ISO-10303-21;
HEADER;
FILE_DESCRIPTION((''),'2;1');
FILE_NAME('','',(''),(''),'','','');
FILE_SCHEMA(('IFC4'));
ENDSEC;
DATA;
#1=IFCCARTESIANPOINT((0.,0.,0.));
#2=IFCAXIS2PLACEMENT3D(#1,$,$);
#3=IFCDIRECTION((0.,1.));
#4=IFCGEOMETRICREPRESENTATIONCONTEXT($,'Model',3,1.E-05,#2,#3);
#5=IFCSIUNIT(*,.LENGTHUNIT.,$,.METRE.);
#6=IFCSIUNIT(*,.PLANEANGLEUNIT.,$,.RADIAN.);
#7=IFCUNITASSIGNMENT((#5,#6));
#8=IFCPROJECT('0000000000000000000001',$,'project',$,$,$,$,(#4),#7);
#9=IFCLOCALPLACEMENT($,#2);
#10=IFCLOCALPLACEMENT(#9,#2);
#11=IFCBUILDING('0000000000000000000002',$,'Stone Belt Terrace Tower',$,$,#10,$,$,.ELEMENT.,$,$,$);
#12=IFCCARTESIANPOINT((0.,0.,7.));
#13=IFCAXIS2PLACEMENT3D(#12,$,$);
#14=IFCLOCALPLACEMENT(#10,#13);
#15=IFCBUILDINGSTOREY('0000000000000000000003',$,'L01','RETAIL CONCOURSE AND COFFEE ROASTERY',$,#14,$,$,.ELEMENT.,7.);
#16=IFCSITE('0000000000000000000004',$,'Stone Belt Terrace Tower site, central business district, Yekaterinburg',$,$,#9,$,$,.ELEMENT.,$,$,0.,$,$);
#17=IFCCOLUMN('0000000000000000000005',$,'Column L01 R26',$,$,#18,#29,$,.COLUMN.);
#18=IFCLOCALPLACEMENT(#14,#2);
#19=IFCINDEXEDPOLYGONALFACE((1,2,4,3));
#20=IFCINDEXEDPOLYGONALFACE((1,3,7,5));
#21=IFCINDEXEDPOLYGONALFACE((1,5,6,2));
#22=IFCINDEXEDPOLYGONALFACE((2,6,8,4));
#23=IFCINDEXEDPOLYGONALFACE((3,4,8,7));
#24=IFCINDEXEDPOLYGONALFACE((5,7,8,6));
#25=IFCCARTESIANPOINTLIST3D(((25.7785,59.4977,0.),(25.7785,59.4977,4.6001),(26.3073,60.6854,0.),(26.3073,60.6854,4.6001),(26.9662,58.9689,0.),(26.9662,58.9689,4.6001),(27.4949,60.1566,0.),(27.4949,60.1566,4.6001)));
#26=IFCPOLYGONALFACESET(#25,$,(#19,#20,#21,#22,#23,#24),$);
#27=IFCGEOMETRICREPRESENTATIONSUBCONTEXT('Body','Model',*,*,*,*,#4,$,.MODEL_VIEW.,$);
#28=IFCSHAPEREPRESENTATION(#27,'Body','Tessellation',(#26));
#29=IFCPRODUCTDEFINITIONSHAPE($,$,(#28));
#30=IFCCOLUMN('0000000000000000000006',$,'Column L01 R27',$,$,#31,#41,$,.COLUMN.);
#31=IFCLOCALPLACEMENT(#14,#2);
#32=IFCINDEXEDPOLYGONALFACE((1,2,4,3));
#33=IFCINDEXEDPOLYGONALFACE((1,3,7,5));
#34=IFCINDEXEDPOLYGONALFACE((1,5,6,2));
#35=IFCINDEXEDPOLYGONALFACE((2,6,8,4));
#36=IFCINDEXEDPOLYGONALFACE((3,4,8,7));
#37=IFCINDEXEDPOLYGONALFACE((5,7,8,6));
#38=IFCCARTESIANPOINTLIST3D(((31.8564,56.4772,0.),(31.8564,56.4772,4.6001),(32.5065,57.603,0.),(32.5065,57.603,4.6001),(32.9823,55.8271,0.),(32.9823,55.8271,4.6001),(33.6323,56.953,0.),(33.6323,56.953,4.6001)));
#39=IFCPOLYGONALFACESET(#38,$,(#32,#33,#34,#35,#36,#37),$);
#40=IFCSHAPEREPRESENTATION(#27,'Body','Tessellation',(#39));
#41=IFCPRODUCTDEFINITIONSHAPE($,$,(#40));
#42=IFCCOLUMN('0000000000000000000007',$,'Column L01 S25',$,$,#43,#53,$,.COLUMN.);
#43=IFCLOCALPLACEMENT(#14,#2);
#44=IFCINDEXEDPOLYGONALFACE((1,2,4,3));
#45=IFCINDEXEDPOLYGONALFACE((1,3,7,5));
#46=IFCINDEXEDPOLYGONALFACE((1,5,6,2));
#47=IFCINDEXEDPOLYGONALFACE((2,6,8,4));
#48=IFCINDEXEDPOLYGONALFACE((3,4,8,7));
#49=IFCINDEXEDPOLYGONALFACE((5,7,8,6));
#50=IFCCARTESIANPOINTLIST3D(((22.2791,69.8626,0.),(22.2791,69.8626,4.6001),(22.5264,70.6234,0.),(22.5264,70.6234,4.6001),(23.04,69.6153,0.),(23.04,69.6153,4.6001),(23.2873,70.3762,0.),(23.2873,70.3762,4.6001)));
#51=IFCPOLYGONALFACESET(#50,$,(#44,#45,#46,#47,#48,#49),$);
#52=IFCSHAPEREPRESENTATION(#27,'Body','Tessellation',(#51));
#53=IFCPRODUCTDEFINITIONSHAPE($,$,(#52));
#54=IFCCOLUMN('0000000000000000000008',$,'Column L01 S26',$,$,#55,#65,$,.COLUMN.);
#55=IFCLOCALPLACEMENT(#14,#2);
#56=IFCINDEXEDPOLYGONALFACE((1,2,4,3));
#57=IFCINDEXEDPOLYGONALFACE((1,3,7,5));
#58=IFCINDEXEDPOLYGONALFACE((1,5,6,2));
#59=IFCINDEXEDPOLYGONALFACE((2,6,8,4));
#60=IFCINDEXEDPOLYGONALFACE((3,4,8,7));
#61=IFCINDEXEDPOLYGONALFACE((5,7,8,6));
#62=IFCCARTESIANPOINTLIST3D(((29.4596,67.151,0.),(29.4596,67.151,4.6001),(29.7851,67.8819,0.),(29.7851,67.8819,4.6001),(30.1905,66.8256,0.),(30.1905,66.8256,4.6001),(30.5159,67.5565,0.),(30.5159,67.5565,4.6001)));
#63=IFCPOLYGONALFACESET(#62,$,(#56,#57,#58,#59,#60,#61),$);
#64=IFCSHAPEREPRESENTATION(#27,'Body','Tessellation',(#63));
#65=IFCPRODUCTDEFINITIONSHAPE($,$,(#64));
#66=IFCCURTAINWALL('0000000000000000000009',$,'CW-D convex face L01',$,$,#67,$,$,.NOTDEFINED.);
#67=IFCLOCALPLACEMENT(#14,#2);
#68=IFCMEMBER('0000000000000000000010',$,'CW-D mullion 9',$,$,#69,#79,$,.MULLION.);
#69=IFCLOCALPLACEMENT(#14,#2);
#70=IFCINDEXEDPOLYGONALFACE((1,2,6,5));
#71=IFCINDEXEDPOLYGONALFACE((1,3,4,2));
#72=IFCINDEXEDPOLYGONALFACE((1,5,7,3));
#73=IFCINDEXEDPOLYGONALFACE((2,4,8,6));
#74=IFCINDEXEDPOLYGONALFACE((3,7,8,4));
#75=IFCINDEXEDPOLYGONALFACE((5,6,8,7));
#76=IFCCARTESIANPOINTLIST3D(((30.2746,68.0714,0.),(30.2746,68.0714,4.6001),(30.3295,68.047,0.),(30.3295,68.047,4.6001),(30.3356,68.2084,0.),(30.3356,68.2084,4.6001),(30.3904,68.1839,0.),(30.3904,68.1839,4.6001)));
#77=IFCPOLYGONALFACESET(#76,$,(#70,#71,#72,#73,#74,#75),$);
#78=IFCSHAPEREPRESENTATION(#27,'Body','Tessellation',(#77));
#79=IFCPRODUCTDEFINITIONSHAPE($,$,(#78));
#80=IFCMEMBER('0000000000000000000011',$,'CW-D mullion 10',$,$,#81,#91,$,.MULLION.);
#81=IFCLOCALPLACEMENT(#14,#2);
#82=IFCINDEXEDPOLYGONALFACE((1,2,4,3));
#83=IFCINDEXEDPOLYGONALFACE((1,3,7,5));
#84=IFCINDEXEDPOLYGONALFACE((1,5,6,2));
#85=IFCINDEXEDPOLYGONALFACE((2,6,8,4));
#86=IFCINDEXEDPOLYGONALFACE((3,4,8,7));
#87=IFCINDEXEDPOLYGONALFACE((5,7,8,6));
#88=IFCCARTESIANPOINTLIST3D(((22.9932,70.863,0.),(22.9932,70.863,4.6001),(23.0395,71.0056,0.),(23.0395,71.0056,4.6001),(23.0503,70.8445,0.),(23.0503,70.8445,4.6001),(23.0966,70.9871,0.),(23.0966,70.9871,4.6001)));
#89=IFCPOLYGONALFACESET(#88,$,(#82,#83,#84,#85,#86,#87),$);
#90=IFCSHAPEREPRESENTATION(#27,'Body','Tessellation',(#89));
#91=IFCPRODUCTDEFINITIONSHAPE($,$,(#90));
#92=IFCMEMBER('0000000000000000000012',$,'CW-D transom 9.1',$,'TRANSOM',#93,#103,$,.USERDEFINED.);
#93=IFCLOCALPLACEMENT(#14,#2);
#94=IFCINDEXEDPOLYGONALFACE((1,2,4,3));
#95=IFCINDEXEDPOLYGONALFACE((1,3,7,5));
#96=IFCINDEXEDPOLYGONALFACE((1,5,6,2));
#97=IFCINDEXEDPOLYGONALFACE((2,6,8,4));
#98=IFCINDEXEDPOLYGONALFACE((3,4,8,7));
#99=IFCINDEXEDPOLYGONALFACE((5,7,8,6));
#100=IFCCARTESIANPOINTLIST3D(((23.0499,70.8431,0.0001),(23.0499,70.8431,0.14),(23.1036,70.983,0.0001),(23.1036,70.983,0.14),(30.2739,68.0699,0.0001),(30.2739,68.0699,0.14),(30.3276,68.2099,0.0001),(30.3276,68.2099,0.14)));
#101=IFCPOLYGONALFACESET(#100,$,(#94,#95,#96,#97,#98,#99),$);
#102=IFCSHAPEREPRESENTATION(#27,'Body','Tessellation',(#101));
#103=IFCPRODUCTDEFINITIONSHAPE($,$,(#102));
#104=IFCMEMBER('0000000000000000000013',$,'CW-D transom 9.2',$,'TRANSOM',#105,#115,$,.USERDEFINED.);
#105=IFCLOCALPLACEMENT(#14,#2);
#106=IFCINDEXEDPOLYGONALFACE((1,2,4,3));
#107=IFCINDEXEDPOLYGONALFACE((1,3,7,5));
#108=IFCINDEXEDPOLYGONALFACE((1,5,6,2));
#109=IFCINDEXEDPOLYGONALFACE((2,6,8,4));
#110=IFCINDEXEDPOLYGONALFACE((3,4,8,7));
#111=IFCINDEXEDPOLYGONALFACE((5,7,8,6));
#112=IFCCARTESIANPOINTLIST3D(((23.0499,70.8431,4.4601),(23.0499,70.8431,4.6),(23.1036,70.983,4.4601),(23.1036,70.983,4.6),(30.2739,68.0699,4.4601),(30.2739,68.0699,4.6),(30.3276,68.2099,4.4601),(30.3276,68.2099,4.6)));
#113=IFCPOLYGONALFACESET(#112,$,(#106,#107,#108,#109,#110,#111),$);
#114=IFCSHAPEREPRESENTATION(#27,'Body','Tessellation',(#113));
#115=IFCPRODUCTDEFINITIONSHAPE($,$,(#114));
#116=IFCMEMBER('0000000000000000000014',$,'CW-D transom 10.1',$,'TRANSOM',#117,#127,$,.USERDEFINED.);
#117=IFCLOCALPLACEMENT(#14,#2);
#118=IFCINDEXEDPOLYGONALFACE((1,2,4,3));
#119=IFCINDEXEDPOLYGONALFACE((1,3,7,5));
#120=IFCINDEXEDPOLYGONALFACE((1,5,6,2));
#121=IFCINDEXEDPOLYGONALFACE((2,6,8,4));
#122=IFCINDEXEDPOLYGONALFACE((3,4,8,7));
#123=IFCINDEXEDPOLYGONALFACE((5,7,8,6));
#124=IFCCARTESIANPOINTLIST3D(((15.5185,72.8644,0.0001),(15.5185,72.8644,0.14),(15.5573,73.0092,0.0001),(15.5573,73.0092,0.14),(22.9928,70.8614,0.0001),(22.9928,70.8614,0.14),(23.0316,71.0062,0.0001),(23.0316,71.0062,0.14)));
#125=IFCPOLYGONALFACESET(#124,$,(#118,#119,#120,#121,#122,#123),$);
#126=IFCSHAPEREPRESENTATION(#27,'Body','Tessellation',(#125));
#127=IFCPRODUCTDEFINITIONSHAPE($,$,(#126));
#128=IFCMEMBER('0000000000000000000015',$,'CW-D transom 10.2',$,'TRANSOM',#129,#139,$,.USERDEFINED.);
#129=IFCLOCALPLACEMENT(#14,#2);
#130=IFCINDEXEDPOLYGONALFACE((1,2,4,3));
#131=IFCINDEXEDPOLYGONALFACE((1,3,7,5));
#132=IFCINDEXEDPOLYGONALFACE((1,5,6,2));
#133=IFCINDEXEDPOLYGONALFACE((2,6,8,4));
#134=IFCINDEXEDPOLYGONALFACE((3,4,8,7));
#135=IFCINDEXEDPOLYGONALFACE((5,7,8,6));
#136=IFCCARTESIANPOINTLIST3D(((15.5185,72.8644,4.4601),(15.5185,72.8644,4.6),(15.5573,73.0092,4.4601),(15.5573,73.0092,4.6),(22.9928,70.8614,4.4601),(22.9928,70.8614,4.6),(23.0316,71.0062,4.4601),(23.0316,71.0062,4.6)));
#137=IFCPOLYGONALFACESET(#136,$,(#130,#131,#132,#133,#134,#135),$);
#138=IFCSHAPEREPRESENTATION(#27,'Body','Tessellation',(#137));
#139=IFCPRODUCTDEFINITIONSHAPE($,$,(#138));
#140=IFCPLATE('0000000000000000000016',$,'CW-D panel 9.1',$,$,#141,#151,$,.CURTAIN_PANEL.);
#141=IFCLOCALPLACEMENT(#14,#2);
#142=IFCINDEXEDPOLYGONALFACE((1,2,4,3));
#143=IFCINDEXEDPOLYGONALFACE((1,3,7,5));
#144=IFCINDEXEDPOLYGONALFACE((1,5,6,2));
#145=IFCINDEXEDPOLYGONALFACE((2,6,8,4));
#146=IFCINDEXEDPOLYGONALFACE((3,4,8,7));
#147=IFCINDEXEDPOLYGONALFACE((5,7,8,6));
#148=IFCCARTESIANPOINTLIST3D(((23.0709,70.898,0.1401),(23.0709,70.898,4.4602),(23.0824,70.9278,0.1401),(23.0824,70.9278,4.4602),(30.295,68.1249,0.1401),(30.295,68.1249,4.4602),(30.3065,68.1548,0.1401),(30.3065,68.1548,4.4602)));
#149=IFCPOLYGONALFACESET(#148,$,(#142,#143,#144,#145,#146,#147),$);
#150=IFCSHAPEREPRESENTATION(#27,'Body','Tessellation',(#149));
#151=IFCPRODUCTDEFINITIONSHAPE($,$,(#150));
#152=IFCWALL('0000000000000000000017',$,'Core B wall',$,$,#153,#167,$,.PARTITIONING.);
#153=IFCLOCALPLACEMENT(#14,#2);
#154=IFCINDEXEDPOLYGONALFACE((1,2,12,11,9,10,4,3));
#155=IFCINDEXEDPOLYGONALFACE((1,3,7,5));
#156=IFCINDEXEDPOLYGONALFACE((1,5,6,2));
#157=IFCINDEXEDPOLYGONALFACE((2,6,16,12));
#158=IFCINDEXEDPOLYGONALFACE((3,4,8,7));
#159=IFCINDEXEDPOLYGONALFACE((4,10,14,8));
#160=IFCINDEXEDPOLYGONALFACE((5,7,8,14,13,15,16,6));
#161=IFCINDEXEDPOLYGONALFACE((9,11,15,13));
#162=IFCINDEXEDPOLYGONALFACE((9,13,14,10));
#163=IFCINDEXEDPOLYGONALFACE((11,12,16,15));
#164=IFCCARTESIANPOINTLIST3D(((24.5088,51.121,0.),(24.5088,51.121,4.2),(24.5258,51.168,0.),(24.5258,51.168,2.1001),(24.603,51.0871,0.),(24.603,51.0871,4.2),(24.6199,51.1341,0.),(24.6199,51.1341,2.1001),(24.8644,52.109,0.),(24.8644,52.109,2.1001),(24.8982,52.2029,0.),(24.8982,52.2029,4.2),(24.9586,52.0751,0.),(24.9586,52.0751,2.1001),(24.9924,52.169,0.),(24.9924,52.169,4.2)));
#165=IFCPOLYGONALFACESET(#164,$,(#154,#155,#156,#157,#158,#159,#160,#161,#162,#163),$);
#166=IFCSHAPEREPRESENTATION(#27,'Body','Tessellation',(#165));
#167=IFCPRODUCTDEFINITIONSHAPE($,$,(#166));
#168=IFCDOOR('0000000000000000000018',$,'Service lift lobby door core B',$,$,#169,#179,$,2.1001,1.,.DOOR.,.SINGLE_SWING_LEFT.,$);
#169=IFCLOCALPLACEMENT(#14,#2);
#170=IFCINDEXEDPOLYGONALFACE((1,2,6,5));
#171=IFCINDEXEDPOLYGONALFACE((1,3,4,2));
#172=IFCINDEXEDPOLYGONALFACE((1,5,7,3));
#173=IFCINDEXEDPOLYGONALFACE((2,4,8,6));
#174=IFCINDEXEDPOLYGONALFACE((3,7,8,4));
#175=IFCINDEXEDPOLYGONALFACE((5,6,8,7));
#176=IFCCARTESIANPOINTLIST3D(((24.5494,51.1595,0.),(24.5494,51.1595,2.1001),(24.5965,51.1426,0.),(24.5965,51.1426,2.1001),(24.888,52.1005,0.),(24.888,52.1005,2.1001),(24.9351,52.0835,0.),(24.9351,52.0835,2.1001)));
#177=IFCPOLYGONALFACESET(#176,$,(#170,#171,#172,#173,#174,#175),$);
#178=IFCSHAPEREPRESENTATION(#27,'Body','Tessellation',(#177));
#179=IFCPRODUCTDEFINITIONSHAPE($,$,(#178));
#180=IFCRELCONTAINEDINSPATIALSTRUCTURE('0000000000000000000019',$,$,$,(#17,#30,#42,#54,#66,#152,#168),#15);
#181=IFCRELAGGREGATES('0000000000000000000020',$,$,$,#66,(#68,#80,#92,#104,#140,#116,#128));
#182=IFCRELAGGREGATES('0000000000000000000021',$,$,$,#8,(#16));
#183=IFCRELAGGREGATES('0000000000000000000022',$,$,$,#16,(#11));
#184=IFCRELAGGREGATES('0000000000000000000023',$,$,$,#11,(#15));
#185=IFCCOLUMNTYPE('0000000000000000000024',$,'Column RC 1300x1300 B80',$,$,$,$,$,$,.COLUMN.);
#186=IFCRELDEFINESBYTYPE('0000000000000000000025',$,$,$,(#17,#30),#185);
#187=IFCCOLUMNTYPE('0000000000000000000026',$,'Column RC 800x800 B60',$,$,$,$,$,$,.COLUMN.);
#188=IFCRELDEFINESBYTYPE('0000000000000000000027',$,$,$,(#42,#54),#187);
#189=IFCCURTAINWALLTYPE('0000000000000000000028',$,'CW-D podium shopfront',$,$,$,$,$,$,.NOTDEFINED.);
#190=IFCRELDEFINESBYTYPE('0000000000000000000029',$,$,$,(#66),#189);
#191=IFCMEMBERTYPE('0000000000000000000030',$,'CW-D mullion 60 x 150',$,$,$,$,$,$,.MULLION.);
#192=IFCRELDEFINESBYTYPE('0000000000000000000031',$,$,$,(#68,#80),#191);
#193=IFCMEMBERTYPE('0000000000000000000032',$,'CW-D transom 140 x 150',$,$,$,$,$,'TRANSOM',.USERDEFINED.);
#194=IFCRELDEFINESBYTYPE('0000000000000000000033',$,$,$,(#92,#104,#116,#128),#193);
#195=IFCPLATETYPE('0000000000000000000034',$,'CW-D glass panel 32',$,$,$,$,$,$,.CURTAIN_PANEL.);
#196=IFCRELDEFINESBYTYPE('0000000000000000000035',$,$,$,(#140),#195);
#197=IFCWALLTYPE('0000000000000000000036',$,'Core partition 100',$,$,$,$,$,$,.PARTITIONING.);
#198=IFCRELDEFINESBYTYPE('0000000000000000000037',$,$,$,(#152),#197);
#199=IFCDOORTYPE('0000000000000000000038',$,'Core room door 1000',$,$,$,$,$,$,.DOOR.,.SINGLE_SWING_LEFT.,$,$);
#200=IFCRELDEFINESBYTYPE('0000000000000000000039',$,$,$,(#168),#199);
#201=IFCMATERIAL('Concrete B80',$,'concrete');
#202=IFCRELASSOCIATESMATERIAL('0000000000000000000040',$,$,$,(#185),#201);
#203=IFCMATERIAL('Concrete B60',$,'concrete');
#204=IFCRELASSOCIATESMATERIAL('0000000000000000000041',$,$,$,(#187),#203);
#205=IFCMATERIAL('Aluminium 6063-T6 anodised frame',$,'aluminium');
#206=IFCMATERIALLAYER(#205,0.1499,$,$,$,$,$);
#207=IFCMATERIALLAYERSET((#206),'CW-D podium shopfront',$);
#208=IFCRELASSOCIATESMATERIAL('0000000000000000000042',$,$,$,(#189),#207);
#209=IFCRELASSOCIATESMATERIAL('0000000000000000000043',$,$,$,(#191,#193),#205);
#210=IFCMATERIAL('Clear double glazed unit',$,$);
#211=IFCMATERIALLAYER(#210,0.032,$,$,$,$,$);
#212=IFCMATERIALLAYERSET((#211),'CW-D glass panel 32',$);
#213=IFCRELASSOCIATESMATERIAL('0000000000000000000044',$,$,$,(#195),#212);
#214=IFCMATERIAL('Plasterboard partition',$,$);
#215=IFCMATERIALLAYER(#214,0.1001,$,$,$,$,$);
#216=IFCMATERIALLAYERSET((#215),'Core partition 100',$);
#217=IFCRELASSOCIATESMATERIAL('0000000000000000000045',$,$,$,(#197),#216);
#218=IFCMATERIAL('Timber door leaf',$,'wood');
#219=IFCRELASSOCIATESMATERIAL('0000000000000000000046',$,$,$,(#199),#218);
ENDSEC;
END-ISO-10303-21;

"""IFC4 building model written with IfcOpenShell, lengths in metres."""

from ifc_helpers import new_model, si_unit, direction, frame, frame_2d, origin, origin_2d, place, context, subcontext, project, spatial, rectangle, extrude, material, layer, layer_set, material_profile, profile_set, type_object, element, fill, aggregate, save


model = new_model("IFC4")

# Units and contexts
model_context = context("Model", 3, precision=1e-05, world=origin(), true_north=direction((0.0, 1.0)))
body_context = subcontext(model_context, "Body", "Model", "MODEL_VIEW")
ifc_project = project(units=[si_unit("LENGTHUNIT", "METRE"), si_unit("PLANEANGLEUNIT", "RADIAN")], contexts=[model_context])

# Site, building, storey
site_placement = place(None, origin())
site = spatial("IfcSite", under=ifc_project, at=site_placement, Name="Stone Belt Terrace Tower site, central business district, Yekaterinburg", CompositionType="ELEMENT", RefElevation=0.0)
building_placement = place(site_placement, origin())
building = spatial("IfcBuilding", under=site, at=building_placement, Name="Stone Belt Terrace Tower", CompositionType="ELEMENT")
storey_placement = place(building_placement, frame((0.0, 0.0, 7.0)))
storey = spatial("IfcBuildingStorey", under=building, at=storey_placement, Name="L01", Description="RETAIL CONCOURSE AND COFFEE ROASTERY", CompositionType="ELEMENT", Elevation=7.0)

# Columns
ifc_material_1 = material(Name="Concrete B80", Category="concrete")
ifc_material_profile_1 = material_profile(ifc_material_1, rectangle(XDim=1.3, YDim=1.3, at=origin_2d()), Name="RC 1300x1300")
ifc_profile_set_1 = profile_set([ifc_material_profile_1], Name="Concrete B80")
column_type_1 = type_object("IfcColumnType", Name="Column RC 1300x1300 B80", PredefinedType="COLUMN", material=ifc_profile_set_1)
for number, where, z_axis, x_axis, name in (
    (1, (26.6367, 59.8271, 0.0), (0.0, 0.0, 1.0), (0.913545, -0.406737, 0.0), "Column L01 R26"),
    (2, (32.7444, 56.7151, 0.0), (0.0, 0.0, 1.0), (0.866025, -0.5, 0.0), "Column L01 R27"),
):
    element("IfcColumn", number, at=place(storey_placement, frame(where, z_axis=z_axis, x_axis=x_axis)), inside=storey, type_object=column_type_1, Name=name, PredefinedType="COLUMN", context=body_context, shape_type="SweptSolid", body=[
        extrude(rectangle(XDim=1.3, YDim=1.3, at=origin_2d()), origin(), (0.0, 0.0, 1.0), 4.6001),
    ])
ifc_material_2 = material(Name="Concrete B60", Category="concrete")
ifc_material_profile_2 = material_profile(ifc_material_2, rectangle(XDim=0.8, YDim=0.8, at=origin_2d()), Name="RC 800x800")
ifc_profile_set_2 = profile_set([ifc_material_profile_2], Name="Concrete B60")
column_type_2 = type_object("IfcColumnType", Name="Column RC 800x800 B60", PredefinedType="COLUMN", material=ifc_profile_set_2)
for number, where, z_axis, x_axis, name in (
    (3, (22.7832, 70.1194, 0.0), (0.0, 0.0, 1.0), (0.951057, -0.309017, 0.0), "Column L01 S25"),
    (4, (29.9878, 67.3538, 0.0), (0.0, 0.0, 1.0), (0.913545, -0.406737, 0.0), "Column L01 S26"),
):
    element("IfcColumn", number, at=place(storey_placement, frame(where, z_axis=z_axis, x_axis=x_axis)), inside=storey, type_object=column_type_2, Name=name, PredefinedType="COLUMN", context=body_context, shape_type="SweptSolid", body=[
        extrude(rectangle(XDim=0.8, YDim=0.8, at=origin_2d()), origin(), (0.0, 0.0, 1.0), 4.6001),
    ])

# Curtain wall, members, plate
ifc_material_3 = material(Name="Aluminium 6063-T6 anodised frame", Category="aluminium")
ifc_layer_1 = layer(ifc_material_3, 0.1499)
ifc_layer_set_1 = layer_set([ifc_layer_1], Name="CW-D podium shopfront")
curtain_wall_type = type_object("IfcCurtainWallType", Name="CW-D podium shopfront", PredefinedType="NOTDEFINED", material=ifc_layer_set_1)
curtain_wall_placement = place(storey_placement, origin())
curtain_wall = element("IfcCurtainWall", 5, at=curtain_wall_placement, inside=storey, type_object=curtain_wall_type, Name="CW-D convex face L01", PredefinedType="NOTDEFINED")
ifc_material_profile_3 = material_profile(ifc_material_3, rectangle(XDim=0.1499, YDim=0.0601, at=origin_2d()), Name="Aluminium 6063-T6 60x150")
ifc_profile_set_3 = profile_set([ifc_material_profile_3], Name="Aluminium 6063-T6 anodised frame")
member_type_1 = type_object("IfcMemberType", Name="CW-D mullion 60 x 150", PredefinedType="MULLION", material=ifc_profile_set_3)
member_1_placement = place(storey_placement, frame((30.3325, 68.1277, 0.0), z_axis=(0.0, 0.0, 1.0), x_axis=(-0.406737, -0.913545, 0.0)))
member_1 = element("IfcMember", 6, at=member_1_placement, type_object=member_type_1, Name="CW-D mullion 9", PredefinedType="MULLION", context=body_context, shape_type="SweptSolid", body=[
    extrude(rectangle(XDim=0.1499, YDim=0.0601, at=origin_2d()), origin(), (0.0, 0.0, 1.0), 4.6001),
])
member_2_placement = place(storey_placement, frame((23.0449, 70.925, 0.0), z_axis=(0.0, 0.0, 1.0), x_axis=(-0.309017, -0.951057, 0.0)))
member_2 = element("IfcMember", 7, at=member_2_placement, type_object=member_type_1, Name="CW-D mullion 10", PredefinedType="MULLION", context=body_context, shape_type="SweptSolid", body=[
    extrude(rectangle(XDim=0.1499, YDim=0.0601, at=origin_2d()), origin(), (0.0, 0.0, 1.0), 4.6001),
])
ifc_material_profile_4 = material_profile(ifc_material_3, rectangle(XDim=0.1499, YDim=0.1399, at=origin_2d()), Name="Aluminium 6063-T6 150x140")
ifc_profile_set_4 = profile_set([ifc_material_profile_4], Name="Aluminium 6063-T6 anodised frame")
member_type_2 = type_object("IfcMemberType", Name="CW-D transom 140 x 150", ElementType="TRANSOM", PredefinedType="USERDEFINED", material=ifc_profile_set_4)
member_3_placement = place(storey_placement, frame((30.3008, 68.1399, 0.0701), z_axis=(-0.933576, 0.358381, 0.0), x_axis=(-0.358381, -0.933576, 0.0)))
member_3 = element("IfcMember", 8, at=member_3_placement, type_object=member_type_2, Name="CW-D transom 9.1", ObjectType="TRANSOM", PredefinedType="USERDEFINED", context=body_context, shape_type="SweptSolid", body=[
    extrude(rectangle(XDim=0.1499, YDim=0.1399, at=origin_2d()), origin(), (0.0, 0.0, 1.0), 7.738),
])
member_4_placement = place(storey_placement, frame((30.3008, 68.1399, 4.53), z_axis=(-0.933576, 0.358381, 0.0), x_axis=(-0.358381, -0.933576, 0.0)))
member_4 = element("IfcMember", 9, at=member_4_placement, type_object=member_type_2, Name="CW-D transom 9.2", ObjectType="TRANSOM", PredefinedType="USERDEFINED", context=body_context, shape_type="SweptSolid", body=[
    extrude(rectangle(XDim=0.1499, YDim=0.1399, at=origin_2d()), origin(), (0.0, 0.0, 1.0), 7.738),
])
member_5_placement = place(storey_placement, frame((23.0122, 70.9338, 0.0701), z_axis=(-0.96592, 0.258841, 0.0), x_axis=(-0.258841, -0.96592, 0.0)))
member_5 = element("IfcMember", 10, at=member_5_placement, type_object=member_type_2, Name="CW-D transom 10.1", ObjectType="TRANSOM", PredefinedType="USERDEFINED", context=body_context, shape_type="SweptSolid", body=[
    extrude(rectangle(XDim=0.1499, YDim=0.1399, at=origin_2d()), origin(), (0.0, 0.0, 1.0), 7.738),
])
member_6_placement = place(storey_placement, frame((23.0122, 70.9338, 4.53), z_axis=(-0.96592, 0.258841, 0.0), x_axis=(-0.258841, -0.96592, 0.0)))
member_6 = element("IfcMember", 11, at=member_6_placement, type_object=member_type_2, Name="CW-D transom 10.2", ObjectType="TRANSOM", PredefinedType="USERDEFINED", context=body_context, shape_type="SweptSolid", body=[
    extrude(rectangle(XDim=0.1499, YDim=0.1399, at=origin_2d()), origin(), (0.0, 0.0, 1.0), 7.738),
])
ifc_material_4 = material(Name="Clear double glazed unit")
ifc_layer_2 = layer(ifc_material_4, 0.032)
ifc_layer_set_2 = layer_set([ifc_layer_2], Name="CW-D glass panel 32")
plate_type = type_object("IfcPlateType", Name="CW-D glass panel 32", PredefinedType="CURTAIN_PANEL", material=ifc_layer_set_2)
plate_placement = place(storey_placement, frame((26.6887, 69.5264, 0.1401), z_axis=(0.0, 0.0, 1.0), x_axis=(-0.93358, 0.358368, 0.0)))
plate = element("IfcPlate", 12, at=plate_placement, type_object=plate_type, Name="CW-D panel 9.1", PredefinedType="CURTAIN_PANEL", context=body_context, shape_type="SweptSolid", body=[
    extrude(rectangle(XDim=7.738, YDim=0.032, at=origin_2d()), origin(), (0.0, 0.0, 1.0), 4.3201),
])
aggregate(curtain_wall, [member_1, member_2, member_3, member_4, plate, member_5, member_6])

# Wall, opening, door
ifc_material_5 = material(Name="Plasterboard partition")
ifc_layer_3 = layer(ifc_material_5, 0.1001)
ifc_layer_set_3 = layer_set([ifc_layer_3], Name="Core partition 100")
wall_type_1 = type_object("IfcWallType", Name="Core partition 100", PredefinedType="PARTITIONING", material=ifc_layer_set_3)
wall_1_placement = place(storey_placement, frame((24.5559, 51.104, 0.0), z_axis=(0.0, 0.0, 1.0), x_axis=(0.338622, 0.940923, 0.0)))
wall_1 = element("IfcWall", 13, at=wall_1_placement, inside=storey, type_object=wall_type_1, Name="Core B wall", PredefinedType="PARTITIONING", context=body_context, shape_type="SweptSolid", body=[
    extrude(rectangle(XDim=1.1499, YDim=0.1001, at=frame_2d((0.575, 0.0))), origin(), (0.0, 0.0, 1.0), 4.2),
])
opening_1_placement = place(wall_1_placement, frame((0.05, 0.0, 0.0)))
opening_1 = element("IfcOpeningElement", 14, at=opening_1_placement, cuts=wall_1, PredefinedType="OPENING", context=body_context, shape_type="SweptSolid", body=[
    extrude(rectangle(XDim=1.0, YDim=2.1001, at=frame_2d((0.5, 1.05))), frame((0.0, 0.0601, 0.0), z_axis=(0.0, -1.0, 0.0), x_axis=(1.0, 0.0, 0.0)), (0.0, 0.0, 1.0), 0.1201),
])
ifc_material_6 = material(Name="Timber door leaf", Category="wood")
door_type_1 = type_object("IfcDoorType", Name="Core room door 1000", OperationType="SINGLE_SWING_LEFT", PredefinedType="DOOR", material=ifc_material_6)
door_1_placement = place(opening_1_placement, origin())
door_1 = element("IfcDoor", 15, at=door_1_placement, inside=storey, type_object=door_type_1, Name="Service lift lobby door core B", OperationType="SINGLE_SWING_LEFT", OverallHeight=2.1001, OverallWidth=1.0, PredefinedType="DOOR", context=body_context, shape_type="SweptSolid", body=[
    extrude(rectangle(XDim=1.0, YDim=2.1001, at=frame_2d((0.5, 1.05))), frame((0.0, 0.0249, 0.0), z_axis=(0.0, -1.0, 0.0), x_axis=(1.0, 0.0, 0.0)), (0.0, 0.0, 1.0), 0.05),
])
fill(opening_1, door_1)

save(model, "model.ifc")
